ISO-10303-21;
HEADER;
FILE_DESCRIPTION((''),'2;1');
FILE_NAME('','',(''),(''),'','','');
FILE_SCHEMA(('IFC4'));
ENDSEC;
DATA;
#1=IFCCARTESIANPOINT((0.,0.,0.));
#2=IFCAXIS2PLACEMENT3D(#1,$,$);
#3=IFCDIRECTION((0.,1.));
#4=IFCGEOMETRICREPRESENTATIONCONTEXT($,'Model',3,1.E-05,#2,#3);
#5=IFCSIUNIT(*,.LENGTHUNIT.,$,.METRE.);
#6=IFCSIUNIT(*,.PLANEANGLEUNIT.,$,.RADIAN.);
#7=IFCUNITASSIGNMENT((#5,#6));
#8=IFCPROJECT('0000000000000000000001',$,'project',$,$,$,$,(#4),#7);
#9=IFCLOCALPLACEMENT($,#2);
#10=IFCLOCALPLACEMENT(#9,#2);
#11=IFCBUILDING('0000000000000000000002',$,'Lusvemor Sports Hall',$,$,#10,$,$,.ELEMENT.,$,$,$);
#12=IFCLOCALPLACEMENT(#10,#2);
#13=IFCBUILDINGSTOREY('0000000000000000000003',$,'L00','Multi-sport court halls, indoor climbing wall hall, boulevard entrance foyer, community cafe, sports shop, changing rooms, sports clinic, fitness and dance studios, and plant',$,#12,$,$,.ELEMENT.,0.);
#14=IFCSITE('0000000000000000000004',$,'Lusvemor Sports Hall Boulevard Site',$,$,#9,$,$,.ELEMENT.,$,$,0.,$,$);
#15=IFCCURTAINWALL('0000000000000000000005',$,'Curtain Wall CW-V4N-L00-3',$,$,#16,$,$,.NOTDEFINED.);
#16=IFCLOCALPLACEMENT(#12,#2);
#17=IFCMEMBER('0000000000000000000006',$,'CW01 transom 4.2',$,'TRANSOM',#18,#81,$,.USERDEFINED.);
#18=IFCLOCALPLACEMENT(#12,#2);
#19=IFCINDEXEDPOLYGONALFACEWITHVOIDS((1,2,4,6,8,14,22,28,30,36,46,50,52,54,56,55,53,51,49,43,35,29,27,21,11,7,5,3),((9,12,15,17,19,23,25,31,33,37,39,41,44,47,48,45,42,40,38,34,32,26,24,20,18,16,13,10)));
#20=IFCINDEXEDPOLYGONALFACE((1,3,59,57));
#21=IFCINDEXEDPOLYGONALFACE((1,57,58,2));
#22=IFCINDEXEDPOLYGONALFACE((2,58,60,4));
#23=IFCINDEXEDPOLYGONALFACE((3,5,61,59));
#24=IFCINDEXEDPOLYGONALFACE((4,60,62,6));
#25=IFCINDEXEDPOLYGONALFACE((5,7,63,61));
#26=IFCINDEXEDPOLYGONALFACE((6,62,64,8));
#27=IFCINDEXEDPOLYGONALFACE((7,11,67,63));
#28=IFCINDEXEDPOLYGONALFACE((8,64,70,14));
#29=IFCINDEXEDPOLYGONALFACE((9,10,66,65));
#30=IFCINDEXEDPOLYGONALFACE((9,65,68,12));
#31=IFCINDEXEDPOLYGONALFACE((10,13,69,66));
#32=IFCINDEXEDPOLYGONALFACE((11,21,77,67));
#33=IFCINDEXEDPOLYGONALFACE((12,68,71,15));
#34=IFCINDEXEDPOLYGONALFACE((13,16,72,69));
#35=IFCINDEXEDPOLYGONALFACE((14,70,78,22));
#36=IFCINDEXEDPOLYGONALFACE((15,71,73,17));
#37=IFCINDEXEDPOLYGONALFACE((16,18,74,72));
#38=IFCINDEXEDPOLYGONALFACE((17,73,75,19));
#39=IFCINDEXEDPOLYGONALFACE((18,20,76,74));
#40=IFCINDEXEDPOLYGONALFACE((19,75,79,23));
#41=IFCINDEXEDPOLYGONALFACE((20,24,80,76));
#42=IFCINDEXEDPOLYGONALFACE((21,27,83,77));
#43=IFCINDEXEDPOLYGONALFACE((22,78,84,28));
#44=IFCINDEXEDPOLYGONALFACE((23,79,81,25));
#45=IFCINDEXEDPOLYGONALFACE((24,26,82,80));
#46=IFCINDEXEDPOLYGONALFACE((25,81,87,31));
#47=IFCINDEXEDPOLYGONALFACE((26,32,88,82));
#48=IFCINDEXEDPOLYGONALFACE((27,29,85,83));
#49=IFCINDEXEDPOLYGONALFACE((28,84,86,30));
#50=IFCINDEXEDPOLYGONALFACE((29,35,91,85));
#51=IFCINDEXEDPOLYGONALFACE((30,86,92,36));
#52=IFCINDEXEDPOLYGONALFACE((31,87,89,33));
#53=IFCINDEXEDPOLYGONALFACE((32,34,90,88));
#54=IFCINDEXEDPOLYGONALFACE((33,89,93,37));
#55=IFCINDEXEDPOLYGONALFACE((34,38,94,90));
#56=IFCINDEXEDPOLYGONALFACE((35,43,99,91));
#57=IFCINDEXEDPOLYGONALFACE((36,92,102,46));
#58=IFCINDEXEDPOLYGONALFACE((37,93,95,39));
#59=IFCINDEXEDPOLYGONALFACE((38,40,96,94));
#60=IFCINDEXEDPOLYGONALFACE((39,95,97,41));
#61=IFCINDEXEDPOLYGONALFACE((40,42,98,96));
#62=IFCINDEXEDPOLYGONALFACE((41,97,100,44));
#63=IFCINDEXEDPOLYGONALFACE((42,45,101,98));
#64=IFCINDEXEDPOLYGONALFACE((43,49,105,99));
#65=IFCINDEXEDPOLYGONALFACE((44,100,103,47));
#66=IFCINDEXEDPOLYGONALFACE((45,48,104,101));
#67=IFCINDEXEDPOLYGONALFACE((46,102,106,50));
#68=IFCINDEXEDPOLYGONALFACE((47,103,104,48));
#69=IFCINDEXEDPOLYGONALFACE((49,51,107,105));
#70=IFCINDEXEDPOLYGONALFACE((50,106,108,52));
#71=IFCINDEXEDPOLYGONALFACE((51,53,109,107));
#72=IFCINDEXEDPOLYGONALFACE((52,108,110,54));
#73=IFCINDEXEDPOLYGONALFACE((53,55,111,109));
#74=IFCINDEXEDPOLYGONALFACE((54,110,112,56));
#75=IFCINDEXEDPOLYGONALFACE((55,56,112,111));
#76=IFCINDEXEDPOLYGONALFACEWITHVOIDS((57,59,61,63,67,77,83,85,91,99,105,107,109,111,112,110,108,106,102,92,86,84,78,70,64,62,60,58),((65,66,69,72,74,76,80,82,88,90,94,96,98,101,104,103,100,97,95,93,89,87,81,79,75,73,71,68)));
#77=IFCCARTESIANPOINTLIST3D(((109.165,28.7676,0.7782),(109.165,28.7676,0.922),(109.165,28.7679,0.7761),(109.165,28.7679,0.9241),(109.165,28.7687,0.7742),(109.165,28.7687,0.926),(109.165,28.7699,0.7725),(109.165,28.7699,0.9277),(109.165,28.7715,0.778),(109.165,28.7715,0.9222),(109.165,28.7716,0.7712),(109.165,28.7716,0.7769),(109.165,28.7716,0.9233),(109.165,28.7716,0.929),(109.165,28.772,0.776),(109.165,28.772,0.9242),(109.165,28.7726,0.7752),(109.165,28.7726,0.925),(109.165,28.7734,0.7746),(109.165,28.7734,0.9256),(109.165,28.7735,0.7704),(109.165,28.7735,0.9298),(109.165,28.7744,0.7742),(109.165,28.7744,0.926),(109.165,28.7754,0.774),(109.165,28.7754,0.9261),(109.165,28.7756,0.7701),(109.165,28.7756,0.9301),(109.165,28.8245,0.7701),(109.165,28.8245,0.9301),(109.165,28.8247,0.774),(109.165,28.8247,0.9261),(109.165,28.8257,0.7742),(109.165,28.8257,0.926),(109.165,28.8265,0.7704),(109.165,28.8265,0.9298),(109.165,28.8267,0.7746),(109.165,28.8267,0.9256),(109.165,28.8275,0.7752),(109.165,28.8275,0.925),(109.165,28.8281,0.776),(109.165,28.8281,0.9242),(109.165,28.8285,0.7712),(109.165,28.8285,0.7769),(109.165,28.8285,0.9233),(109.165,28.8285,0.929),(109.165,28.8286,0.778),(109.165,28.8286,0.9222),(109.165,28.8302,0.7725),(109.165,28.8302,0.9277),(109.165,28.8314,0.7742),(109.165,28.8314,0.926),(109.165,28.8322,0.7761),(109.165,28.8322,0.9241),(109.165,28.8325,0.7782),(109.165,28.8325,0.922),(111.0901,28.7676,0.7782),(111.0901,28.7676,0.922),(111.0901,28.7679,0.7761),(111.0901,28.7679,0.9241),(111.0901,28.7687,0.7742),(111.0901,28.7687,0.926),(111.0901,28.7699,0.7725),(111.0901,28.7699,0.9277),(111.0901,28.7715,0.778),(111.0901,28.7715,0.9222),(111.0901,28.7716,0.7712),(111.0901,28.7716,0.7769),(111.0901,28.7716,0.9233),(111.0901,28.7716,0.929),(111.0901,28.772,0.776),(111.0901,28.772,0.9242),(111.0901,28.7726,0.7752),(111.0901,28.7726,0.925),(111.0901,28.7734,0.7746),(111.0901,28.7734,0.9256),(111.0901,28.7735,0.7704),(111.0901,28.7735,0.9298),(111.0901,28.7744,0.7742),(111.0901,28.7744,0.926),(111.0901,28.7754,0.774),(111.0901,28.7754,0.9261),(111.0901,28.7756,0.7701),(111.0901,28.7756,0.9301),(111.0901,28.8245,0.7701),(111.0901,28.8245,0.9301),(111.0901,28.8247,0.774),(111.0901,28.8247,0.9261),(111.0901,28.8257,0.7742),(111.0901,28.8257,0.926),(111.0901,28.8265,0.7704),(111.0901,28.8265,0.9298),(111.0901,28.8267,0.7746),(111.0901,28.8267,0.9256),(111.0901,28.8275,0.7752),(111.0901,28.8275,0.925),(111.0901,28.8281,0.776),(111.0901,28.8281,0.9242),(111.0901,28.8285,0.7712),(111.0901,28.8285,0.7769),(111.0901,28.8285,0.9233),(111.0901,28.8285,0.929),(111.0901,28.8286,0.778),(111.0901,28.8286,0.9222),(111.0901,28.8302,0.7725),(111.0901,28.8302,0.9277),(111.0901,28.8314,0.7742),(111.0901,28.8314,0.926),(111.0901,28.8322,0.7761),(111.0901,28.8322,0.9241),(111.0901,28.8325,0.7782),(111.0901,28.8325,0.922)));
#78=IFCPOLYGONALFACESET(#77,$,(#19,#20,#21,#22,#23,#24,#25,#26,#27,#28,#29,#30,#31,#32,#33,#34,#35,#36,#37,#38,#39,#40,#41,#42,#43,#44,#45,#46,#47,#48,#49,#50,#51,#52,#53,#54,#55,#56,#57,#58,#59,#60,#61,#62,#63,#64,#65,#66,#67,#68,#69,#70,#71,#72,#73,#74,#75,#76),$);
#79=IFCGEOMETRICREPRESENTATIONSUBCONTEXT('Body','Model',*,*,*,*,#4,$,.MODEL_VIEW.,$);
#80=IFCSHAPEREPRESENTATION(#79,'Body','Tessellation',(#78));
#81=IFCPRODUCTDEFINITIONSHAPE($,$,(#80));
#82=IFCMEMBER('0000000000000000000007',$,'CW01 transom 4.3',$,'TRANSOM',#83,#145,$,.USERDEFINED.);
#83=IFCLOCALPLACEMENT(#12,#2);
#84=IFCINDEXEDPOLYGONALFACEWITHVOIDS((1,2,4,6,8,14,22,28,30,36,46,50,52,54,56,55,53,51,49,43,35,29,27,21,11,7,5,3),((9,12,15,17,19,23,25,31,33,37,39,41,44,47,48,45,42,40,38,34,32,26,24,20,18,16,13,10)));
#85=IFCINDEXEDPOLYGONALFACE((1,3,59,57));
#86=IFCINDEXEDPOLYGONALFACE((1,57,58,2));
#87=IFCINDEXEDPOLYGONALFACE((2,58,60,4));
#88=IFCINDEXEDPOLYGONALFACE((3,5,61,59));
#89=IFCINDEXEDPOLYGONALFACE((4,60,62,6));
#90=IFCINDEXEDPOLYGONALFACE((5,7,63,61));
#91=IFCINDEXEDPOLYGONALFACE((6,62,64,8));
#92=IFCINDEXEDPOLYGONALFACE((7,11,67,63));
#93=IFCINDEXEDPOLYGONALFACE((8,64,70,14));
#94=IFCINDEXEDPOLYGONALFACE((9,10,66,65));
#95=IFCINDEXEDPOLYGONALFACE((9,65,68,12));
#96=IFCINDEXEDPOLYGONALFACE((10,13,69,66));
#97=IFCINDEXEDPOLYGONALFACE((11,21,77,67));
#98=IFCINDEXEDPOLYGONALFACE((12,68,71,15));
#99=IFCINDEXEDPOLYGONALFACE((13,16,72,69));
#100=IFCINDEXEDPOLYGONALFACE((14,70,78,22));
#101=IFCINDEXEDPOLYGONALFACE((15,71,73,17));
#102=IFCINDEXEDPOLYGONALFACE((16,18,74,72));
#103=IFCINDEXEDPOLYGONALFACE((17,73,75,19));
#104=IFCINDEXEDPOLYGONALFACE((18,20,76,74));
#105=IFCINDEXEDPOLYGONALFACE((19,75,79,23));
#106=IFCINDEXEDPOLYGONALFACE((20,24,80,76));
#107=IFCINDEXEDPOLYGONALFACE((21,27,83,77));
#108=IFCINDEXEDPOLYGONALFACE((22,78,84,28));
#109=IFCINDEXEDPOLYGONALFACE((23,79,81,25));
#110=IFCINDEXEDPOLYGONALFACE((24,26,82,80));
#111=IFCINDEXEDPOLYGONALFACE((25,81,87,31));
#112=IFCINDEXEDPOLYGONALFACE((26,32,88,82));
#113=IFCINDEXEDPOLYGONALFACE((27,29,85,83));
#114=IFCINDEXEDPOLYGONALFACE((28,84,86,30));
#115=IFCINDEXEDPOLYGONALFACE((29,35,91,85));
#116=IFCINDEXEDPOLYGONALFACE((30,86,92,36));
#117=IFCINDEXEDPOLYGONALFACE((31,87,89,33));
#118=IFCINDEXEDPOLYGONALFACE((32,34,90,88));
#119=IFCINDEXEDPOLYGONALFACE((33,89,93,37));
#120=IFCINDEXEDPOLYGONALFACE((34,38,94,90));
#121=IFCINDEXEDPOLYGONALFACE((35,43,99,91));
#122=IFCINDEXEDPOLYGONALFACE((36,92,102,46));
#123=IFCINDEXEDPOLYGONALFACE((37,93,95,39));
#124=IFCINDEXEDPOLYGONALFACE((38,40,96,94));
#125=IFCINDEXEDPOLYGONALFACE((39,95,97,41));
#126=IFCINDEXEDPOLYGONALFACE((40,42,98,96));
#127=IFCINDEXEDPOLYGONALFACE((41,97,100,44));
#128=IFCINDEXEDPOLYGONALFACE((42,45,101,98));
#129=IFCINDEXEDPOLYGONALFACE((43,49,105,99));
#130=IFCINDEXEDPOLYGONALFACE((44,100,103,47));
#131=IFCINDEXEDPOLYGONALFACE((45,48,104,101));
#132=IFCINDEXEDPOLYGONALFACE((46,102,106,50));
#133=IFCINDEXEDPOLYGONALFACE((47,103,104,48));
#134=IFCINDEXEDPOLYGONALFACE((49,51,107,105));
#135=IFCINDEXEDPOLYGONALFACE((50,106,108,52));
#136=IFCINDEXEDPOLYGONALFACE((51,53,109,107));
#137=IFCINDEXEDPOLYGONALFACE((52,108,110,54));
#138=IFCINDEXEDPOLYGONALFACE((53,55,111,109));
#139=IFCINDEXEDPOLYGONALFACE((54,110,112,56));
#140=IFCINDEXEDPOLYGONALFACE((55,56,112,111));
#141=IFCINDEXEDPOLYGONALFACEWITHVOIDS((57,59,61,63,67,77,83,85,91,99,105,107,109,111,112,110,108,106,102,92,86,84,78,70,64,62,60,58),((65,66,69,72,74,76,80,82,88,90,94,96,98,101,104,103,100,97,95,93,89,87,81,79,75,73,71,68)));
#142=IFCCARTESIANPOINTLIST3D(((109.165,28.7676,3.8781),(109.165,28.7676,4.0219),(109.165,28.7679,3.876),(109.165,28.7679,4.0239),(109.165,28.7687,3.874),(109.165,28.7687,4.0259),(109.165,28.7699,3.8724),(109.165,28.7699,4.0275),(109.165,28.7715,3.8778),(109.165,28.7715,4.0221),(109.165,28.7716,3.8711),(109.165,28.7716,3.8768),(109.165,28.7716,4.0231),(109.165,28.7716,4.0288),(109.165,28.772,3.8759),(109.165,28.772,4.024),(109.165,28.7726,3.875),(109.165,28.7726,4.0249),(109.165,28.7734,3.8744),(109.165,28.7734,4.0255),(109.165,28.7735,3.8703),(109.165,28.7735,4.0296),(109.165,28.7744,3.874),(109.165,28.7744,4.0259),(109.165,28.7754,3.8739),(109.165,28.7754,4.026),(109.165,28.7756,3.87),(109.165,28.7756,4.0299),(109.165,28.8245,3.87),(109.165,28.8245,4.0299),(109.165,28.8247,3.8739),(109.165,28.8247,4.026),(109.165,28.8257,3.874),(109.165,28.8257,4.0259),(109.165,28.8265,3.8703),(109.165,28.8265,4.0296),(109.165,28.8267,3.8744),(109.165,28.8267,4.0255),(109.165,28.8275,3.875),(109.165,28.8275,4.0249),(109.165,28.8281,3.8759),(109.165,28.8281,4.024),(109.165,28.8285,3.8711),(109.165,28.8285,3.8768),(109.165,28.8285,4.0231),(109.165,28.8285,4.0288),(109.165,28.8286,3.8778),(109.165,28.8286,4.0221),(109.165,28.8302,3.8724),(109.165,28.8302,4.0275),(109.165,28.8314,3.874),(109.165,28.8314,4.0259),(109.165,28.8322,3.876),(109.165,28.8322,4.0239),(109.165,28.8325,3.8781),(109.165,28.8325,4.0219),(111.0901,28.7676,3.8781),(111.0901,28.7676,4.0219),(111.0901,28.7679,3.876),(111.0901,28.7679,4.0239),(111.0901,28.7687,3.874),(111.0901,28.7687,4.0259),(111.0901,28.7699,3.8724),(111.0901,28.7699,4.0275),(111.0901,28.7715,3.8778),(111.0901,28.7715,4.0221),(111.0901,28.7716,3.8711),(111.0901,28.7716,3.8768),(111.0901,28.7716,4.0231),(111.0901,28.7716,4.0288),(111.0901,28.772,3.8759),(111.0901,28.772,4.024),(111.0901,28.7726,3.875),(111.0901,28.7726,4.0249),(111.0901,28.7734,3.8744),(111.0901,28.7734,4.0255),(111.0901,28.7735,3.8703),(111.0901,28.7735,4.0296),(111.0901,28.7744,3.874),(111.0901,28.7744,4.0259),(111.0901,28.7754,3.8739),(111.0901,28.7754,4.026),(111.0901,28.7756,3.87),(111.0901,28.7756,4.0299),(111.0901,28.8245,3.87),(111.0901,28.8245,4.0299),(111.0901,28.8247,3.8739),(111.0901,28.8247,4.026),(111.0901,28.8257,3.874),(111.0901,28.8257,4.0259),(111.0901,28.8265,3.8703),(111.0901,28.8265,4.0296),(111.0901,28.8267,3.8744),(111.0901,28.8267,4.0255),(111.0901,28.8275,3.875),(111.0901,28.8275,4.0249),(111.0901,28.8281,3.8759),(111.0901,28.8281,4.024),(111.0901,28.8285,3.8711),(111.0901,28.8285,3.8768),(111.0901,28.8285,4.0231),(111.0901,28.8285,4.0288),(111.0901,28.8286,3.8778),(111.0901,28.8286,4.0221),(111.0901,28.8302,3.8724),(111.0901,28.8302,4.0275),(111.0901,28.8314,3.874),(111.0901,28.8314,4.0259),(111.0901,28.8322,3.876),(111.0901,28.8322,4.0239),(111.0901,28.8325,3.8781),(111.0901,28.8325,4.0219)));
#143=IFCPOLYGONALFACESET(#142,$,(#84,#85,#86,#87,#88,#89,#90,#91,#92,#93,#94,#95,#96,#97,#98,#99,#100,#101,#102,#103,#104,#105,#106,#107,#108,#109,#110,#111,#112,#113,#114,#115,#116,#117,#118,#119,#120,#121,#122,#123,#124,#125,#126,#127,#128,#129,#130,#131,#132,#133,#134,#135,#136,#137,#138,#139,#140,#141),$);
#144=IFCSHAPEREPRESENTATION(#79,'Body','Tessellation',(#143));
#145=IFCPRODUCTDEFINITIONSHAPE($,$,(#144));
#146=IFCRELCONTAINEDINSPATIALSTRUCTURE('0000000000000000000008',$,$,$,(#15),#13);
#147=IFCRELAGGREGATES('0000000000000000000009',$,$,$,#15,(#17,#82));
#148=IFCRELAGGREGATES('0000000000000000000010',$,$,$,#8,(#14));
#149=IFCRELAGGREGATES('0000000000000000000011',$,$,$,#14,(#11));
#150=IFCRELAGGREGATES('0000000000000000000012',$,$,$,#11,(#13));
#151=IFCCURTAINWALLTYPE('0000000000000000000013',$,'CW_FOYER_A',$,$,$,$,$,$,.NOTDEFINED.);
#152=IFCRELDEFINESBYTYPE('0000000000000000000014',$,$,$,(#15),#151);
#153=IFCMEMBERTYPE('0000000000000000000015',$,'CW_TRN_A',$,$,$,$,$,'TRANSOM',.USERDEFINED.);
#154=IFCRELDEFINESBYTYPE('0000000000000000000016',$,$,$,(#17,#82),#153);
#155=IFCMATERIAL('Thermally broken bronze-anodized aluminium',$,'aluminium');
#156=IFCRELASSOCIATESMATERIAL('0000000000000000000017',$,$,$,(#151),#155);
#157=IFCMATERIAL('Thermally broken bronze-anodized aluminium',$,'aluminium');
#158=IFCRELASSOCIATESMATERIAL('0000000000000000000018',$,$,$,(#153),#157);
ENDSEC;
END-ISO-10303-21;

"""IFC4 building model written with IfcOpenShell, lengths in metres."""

from ifc_helpers import new_model, si_unit, direction, frame, origin, origin_2d, place, context, subcontext, project, spatial, hollow_rectangle, extrude, material, material_profile, profile_set, type_object, element, aggregate, save


model = new_model("IFC4")

# Units and contexts
model_context = context("Model", 3, precision=1e-05, world=origin(), true_north=direction((0.0, 1.0)))
body_context = subcontext(model_context, "Body", "Model", "MODEL_VIEW")
ifc_project = project(units=[si_unit("LENGTHUNIT", "METRE"), si_unit("PLANEANGLEUNIT", "RADIAN")], contexts=[model_context])

# Site, building, storey
site_placement = place(None, origin())
site = spatial("IfcSite", under=ifc_project, at=site_placement, Name="Lusvemor Sports Hall Boulevard Site", CompositionType="ELEMENT", RefElevation=0.0)
building_placement = place(site_placement, origin())
building = spatial("IfcBuilding", under=site, at=building_placement, Name="Lusvemor Sports Hall", CompositionType="ELEMENT")
storey_placement = place(building_placement, origin())
storey = spatial("IfcBuildingStorey", under=building, at=storey_placement, Name="L00", Description="Multi-sport court halls, indoor climbing wall hall, boulevard entrance foyer, community cafe, sports shop, changing rooms, sports clinic, fitness and dance studios, and plant", CompositionType="ELEMENT", Elevation=0.0)

# Curtain wall, members
ifc_material_1 = material(Name="Thermally broken bronze-anodized aluminium", Category="aluminium")
curtain_wall_type = type_object("IfcCurtainWallType", Name="CW_FOYER_A", PredefinedType="NOTDEFINED", material=ifc_material_1)
curtain_wall_placement = place(storey_placement, origin())
curtain_wall = element("IfcCurtainWall", 1, at=curtain_wall_placement, inside=storey, type_object=curtain_wall_type, Name="Curtain Wall CW-V4N-L00-3", PredefinedType="NOTDEFINED")
ifc_material_2 = material(Name="Thermally broken bronze-anodized aluminium", Category="aluminium")
ifc_material_profile_1 = material_profile(ifc_material_2, hollow_rectangle(XDim=0.0649, YDim=0.1599, WallThickness=0.0039, InnerFilletRadius=0.0039, OuterFilletRadius=0.0081, at=origin_2d()), Name="CWTRN160x65x4")
ifc_profile_set_1 = profile_set([ifc_material_profile_1], Name="Thermally broken bronze-anodized aluminium")
member_type_1 = type_object("IfcMemberType", Name="CW_TRN_A", ElementType="TRANSOM", PredefinedType="USERDEFINED", material=ifc_profile_set_1)
member_1_placement = place(storey_placement, frame((109.165, 28.8, 0.8501), z_axis=(1.0, 0.0, 0.0), x_axis=(0.0, 1.0, 0.0)))
member_1 = element("IfcMember", 2, at=member_1_placement, type_object=member_type_1, Name="CW01 transom 4.2", ObjectType="TRANSOM", PredefinedType="USERDEFINED", context=body_context, shape_type="SweptSolid", body=[
    extrude(hollow_rectangle(XDim=0.0649, YDim=0.1599, WallThickness=0.0039, InnerFilletRadius=0.0039, OuterFilletRadius=0.0081, at=origin_2d()), origin(), (0.0, 0.0, 1.0), 1.925),
])
member_2_placement = place(storey_placement, frame((109.165, 28.8, 3.95), z_axis=(1.0, 0.0, 0.0), x_axis=(0.0, 1.0, 0.0)))
member_2 = element("IfcMember", 3, at=member_2_placement, type_object=member_type_1, Name="CW01 transom 4.3", ObjectType="TRANSOM", PredefinedType="USERDEFINED", context=body_context, shape_type="SweptSolid", body=[
    extrude(hollow_rectangle(XDim=0.0649, YDim=0.1599, WallThickness=0.0039, InnerFilletRadius=0.0039, OuterFilletRadius=0.0081, at=origin_2d()), origin(), (0.0, 0.0, 1.0), 1.925),
])
aggregate(curtain_wall, [member_1, member_2])

save(model, "model.ifc")
